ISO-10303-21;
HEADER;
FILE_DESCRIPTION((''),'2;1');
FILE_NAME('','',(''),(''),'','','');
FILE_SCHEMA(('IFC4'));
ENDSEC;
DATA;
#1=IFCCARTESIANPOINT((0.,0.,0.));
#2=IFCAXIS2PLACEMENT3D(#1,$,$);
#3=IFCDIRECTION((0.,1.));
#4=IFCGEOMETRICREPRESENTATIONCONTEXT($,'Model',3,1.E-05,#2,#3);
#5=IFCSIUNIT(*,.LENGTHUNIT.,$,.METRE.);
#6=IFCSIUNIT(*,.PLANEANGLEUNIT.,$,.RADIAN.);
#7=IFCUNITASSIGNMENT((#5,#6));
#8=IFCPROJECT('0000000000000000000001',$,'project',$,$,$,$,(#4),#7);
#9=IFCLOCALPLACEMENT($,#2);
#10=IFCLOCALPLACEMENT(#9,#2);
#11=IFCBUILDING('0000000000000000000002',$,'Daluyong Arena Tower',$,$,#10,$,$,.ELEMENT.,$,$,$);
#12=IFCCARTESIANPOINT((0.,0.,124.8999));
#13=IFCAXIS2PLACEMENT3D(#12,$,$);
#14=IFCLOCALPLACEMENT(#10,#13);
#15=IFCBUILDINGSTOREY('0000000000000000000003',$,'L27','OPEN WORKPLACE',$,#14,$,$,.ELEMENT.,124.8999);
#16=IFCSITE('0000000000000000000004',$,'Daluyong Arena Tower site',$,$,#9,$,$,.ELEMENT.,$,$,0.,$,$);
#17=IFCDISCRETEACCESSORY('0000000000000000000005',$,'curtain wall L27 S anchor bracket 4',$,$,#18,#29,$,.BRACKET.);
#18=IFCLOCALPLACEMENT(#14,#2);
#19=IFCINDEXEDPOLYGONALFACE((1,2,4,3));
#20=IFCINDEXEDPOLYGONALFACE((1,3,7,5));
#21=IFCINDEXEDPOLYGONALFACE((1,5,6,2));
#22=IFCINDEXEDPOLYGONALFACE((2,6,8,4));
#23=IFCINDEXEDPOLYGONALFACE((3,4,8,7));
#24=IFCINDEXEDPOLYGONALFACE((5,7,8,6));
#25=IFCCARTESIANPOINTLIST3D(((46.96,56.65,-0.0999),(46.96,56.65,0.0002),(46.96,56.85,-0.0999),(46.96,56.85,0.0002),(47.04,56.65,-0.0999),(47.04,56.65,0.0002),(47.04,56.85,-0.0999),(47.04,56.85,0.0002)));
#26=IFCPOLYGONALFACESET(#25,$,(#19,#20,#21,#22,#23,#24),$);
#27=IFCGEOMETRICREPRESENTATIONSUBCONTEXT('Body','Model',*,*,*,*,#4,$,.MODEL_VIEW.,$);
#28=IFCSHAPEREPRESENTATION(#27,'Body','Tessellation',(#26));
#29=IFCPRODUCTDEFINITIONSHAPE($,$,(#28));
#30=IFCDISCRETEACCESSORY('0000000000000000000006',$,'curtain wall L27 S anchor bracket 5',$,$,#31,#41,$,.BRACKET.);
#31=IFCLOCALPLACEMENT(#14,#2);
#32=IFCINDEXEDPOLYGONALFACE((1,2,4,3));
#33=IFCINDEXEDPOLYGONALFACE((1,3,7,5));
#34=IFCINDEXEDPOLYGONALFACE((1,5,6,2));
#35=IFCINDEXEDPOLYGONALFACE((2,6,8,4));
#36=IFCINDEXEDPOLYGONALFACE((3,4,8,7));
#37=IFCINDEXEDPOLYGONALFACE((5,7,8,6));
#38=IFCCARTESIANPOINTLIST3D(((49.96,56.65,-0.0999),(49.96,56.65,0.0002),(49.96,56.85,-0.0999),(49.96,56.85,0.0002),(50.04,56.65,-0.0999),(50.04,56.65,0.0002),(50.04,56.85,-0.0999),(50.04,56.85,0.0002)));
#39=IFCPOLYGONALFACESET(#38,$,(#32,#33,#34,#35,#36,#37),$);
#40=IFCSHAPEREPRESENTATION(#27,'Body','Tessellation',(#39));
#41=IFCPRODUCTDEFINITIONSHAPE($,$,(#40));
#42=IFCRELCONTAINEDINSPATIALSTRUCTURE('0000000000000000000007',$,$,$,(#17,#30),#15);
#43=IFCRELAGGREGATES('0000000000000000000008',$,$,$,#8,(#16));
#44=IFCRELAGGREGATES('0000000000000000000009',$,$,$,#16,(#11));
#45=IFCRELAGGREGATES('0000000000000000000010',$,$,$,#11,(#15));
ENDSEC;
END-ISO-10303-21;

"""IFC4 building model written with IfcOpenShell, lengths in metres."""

from ifc_helpers import new_model, si_unit, direction, frame, origin, origin_2d, place, context, subcontext, project, spatial, rectangle, extrude, element, save


model = new_model("IFC4")

# Units and contexts
model_context = context("Model", 3, precision=1e-05, world=origin(), true_north=direction((0.0, 1.0)))
body_context = subcontext(model_context, "Body", "Model", "MODEL_VIEW")
ifc_project = project(units=[si_unit("LENGTHUNIT", "METRE"), si_unit("PLANEANGLEUNIT", "RADIAN")], contexts=[model_context])

# Site, building, storey
site_placement = place(None, origin())
site = spatial("IfcSite", under=ifc_project, at=site_placement, Name="Daluyong Arena Tower site", CompositionType="ELEMENT", RefElevation=0.0)
building_placement = place(site_placement, origin())
building = spatial("IfcBuilding", under=site, at=building_placement, Name="Daluyong Arena Tower", CompositionType="ELEMENT")
storey_placement = place(building_placement, frame((0.0, 0.0, 124.8999)))
storey = spatial("IfcBuildingStorey", under=building, at=storey_placement, Name="L27", Description="OPEN WORKPLACE", CompositionType="ELEMENT", Elevation=124.8999)

# Discrete accessories
for number, where, z_axis, x_axis, name in (
    (1, (47.0, 56.75, -0.0999), (0.0, 0.0, 1.0), (1.0, 0.0, 0.0), "curtain wall L27 S anchor bracket 4"),
    (2, (50.0, 56.75, -0.0999), (0.0, 0.0, 1.0), (1.0, 0.0, 0.0), "curtain wall L27 S anchor bracket 5"),
):
    element("IfcDiscreteAccessory", number, at=place(storey_placement, frame(where, z_axis=z_axis, x_axis=x_axis)), inside=storey, Name=name, PredefinedType="BRACKET", context=body_context, shape_type="SweptSolid", body=[
        extrude(rectangle(XDim=0.0801, YDim=0.2, at=origin_2d()), origin(), (0.0, 0.0, 1.0), 0.1001),
    ])

save(model, "model.ifc")
